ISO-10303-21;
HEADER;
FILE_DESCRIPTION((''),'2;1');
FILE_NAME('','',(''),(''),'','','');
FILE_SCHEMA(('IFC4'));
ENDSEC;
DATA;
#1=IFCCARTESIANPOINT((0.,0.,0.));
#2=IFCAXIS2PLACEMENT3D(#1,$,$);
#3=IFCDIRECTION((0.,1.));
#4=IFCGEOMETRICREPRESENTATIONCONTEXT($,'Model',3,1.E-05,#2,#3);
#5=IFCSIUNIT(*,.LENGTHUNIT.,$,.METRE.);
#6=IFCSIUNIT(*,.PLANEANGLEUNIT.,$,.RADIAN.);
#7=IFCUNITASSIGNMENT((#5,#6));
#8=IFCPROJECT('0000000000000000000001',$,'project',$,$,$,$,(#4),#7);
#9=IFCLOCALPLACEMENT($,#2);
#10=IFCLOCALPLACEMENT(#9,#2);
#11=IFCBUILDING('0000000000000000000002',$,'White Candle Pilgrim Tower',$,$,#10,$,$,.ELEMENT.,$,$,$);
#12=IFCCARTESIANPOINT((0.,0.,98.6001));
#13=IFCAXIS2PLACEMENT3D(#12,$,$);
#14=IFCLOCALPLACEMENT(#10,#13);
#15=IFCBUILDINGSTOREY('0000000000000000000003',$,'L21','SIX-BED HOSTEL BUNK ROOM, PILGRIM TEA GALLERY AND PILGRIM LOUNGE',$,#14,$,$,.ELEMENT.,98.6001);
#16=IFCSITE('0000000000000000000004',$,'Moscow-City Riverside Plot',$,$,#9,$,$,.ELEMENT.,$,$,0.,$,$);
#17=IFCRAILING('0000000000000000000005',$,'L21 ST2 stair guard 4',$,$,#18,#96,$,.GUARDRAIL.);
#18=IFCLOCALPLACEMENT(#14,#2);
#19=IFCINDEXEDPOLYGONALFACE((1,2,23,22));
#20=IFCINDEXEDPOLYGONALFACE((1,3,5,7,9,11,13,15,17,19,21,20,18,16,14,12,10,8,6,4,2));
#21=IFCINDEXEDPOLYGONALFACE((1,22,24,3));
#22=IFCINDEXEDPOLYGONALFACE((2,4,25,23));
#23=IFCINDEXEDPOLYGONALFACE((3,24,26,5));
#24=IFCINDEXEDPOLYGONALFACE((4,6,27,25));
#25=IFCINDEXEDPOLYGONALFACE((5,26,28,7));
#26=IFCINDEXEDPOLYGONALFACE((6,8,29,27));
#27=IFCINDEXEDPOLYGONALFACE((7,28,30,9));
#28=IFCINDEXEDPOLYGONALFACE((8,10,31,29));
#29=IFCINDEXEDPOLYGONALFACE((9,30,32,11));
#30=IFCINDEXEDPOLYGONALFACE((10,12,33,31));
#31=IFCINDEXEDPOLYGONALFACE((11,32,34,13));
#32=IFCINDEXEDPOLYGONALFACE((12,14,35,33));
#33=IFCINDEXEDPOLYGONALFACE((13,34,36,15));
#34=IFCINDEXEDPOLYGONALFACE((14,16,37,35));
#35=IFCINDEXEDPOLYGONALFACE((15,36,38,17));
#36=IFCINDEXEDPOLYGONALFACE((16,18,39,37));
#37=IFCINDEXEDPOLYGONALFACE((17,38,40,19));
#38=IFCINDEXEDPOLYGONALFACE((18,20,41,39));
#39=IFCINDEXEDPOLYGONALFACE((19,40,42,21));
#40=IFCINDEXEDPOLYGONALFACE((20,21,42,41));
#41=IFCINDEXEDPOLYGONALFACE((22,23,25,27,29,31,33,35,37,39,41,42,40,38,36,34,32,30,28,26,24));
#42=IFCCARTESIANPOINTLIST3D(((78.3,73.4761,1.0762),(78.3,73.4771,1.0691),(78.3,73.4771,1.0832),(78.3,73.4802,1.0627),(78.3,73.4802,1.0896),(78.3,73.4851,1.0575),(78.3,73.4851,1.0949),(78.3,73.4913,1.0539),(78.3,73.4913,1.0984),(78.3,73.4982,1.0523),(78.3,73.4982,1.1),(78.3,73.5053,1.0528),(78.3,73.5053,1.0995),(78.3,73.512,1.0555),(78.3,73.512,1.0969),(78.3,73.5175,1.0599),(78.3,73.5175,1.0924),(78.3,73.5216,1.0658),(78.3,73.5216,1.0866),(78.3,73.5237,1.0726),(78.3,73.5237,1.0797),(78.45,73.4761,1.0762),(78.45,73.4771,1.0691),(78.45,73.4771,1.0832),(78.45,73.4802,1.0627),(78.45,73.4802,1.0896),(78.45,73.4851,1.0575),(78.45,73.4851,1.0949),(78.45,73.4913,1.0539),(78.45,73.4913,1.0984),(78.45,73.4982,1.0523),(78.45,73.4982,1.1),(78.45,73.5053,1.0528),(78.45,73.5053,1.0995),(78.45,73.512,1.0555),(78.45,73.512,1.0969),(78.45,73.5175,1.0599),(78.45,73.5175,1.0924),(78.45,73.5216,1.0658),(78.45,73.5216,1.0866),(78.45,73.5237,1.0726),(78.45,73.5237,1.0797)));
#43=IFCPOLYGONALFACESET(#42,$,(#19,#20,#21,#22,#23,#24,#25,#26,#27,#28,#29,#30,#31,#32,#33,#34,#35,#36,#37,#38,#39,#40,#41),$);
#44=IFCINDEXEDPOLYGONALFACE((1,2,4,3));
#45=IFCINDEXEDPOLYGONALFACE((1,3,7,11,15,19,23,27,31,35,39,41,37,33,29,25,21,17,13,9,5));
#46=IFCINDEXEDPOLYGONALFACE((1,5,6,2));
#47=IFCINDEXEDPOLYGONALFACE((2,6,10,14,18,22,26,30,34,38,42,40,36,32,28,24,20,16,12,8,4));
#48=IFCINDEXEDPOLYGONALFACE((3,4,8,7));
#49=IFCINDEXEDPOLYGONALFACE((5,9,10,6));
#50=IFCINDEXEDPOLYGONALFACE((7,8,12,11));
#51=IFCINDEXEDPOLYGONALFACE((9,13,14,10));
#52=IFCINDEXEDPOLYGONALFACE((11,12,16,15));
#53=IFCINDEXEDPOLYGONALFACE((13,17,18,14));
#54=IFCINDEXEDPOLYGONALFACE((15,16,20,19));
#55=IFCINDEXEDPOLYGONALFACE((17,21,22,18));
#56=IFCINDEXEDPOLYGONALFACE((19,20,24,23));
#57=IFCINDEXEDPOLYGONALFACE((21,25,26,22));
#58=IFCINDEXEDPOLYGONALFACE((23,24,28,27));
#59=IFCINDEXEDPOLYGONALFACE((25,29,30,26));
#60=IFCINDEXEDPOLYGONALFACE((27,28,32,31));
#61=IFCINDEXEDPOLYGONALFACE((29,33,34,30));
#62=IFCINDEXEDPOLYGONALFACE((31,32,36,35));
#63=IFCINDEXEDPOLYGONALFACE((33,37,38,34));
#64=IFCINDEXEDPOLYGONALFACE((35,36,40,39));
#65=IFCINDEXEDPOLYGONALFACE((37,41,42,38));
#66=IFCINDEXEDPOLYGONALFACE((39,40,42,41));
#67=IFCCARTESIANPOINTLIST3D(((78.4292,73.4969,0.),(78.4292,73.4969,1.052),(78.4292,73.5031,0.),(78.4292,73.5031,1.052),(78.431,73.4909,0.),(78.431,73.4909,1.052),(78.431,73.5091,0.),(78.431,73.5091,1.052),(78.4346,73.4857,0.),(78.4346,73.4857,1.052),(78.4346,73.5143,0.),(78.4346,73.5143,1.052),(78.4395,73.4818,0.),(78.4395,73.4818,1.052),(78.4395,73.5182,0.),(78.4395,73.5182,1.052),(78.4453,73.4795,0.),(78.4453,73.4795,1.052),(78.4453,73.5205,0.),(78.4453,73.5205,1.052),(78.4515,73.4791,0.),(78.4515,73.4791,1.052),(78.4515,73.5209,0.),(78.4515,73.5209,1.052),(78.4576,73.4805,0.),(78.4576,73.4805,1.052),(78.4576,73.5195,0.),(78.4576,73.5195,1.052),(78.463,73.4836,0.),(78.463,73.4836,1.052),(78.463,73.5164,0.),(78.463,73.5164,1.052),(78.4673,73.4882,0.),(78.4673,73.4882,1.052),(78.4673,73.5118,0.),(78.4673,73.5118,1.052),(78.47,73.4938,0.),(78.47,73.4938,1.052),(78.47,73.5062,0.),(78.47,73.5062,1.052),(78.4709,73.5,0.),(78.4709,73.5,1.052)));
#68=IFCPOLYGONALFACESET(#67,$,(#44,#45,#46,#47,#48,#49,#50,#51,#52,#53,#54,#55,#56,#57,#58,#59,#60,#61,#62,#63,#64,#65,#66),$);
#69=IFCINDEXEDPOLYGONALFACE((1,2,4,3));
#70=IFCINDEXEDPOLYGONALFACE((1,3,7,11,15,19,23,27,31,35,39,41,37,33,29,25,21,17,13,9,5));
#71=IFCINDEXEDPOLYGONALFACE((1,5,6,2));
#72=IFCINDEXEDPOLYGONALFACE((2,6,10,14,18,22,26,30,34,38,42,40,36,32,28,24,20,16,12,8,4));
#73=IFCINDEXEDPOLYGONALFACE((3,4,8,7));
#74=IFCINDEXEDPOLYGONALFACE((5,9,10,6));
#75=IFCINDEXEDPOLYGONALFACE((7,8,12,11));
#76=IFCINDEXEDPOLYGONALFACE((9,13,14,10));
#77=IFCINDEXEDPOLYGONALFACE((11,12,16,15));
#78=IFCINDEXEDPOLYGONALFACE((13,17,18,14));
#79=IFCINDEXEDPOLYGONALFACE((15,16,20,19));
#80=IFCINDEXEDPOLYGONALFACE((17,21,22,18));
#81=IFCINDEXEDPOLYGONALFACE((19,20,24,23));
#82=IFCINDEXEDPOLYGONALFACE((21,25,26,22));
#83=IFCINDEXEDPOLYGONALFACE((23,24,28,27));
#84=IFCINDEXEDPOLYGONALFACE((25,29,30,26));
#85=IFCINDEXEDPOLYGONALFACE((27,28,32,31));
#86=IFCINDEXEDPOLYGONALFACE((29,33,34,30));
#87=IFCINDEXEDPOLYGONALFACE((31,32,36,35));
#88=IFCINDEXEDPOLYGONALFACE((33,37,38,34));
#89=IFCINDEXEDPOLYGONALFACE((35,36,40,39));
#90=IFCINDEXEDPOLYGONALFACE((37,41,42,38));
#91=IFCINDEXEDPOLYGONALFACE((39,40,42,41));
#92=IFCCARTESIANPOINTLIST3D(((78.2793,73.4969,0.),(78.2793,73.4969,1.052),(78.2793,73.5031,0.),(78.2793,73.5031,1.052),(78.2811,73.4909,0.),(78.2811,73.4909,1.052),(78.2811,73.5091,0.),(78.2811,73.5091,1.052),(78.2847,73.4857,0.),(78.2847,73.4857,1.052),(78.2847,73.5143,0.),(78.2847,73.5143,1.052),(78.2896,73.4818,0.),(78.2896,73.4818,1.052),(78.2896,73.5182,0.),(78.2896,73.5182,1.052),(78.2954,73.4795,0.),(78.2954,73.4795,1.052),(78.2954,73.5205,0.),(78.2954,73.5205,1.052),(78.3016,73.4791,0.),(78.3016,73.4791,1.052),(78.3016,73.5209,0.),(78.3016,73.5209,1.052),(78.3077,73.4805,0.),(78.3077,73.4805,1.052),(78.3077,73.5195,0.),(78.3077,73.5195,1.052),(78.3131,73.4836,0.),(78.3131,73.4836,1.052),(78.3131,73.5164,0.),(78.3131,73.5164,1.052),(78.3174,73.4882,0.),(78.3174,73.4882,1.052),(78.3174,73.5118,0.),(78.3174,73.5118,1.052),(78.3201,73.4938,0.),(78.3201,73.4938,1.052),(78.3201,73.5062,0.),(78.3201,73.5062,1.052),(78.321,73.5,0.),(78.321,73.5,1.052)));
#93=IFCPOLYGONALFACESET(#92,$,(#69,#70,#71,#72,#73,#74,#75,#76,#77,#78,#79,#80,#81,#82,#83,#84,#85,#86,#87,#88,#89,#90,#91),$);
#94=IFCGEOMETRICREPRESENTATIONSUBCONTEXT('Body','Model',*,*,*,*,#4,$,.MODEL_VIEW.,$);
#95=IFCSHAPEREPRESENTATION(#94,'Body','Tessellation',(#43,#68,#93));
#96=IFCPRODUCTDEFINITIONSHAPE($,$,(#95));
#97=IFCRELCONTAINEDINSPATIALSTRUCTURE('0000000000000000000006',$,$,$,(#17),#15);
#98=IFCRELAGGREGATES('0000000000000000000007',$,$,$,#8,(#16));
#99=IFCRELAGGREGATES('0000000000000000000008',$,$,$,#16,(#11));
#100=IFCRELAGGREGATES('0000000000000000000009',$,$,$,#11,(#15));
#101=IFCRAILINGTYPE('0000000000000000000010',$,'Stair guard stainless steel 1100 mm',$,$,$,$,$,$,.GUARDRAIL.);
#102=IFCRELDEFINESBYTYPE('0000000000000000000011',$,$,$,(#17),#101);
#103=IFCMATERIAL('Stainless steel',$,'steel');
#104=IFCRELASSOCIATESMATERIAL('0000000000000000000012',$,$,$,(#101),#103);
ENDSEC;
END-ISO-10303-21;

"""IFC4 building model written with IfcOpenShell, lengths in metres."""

from ifc_helpers import new_model, si_unit, direction, frame, origin, origin_2d, place, context, subcontext, project, spatial, circle, extrude, material, type_object, element, save


model = new_model("IFC4")

# Units and contexts
model_context = context("Model", 3, precision=1e-05, world=origin(), true_north=direction((0.0, 1.0)))
body_context = subcontext(model_context, "Body", "Model", "MODEL_VIEW")
ifc_project = project(units=[si_unit("LENGTHUNIT", "METRE"), si_unit("PLANEANGLEUNIT", "RADIAN")], contexts=[model_context])

# Site, building, storey
site_placement = place(None, origin())
site = spatial("IfcSite", under=ifc_project, at=site_placement, Name="Moscow-City Riverside Plot", CompositionType="ELEMENT", RefElevation=0.0)
building_placement = place(site_placement, origin())
building = spatial("IfcBuilding", under=site, at=building_placement, Name="White Candle Pilgrim Tower", CompositionType="ELEMENT")
storey_placement = place(building_placement, frame((0.0, 0.0, 98.6001)))
storey = spatial("IfcBuildingStorey", under=building, at=storey_placement, Name="L21", Description="SIX-BED HOSTEL BUNK ROOM, PILGRIM TEA GALLERY AND PILGRIM LOUNGE", CompositionType="ELEMENT", Elevation=98.6001)

# Railing
ifc_material_1 = material(Name="Stainless steel", Category="steel")
railing_type_1 = type_object("IfcRailingType", Name="Stair guard stainless steel 1100 mm", PredefinedType="GUARDRAIL", material=ifc_material_1)
railing_1_placement = place(storey_placement, frame((78.45, 73.5, 0.0)))
element("IfcRailing", 1, at=railing_1_placement, inside=storey, type_object=railing_type_1, Name="L21 ST2 stair guard 4", PredefinedType="GUARDRAIL", context=body_context, shape_type="SweptSolid", body=[
    extrude(circle(Radius=0.0239, at=origin_2d()), frame((0.0, 0.0, 1.0762), z_axis=(-1.0, 0.0, 0.0), x_axis=(0.0, -1.0, 0.0)), (0.0, 0.0, 1.0), 0.1499),
    extrude(circle(Radius=0.021, at=origin_2d()), origin(), (0.0, 0.0, 1.0), 1.052),
    extrude(circle(Radius=0.021, at=origin_2d()), frame((-0.1499, 0.0, 0.0)), (0.0, 0.0, 1.0), 1.052),
])

save(model, "model.ifc")
